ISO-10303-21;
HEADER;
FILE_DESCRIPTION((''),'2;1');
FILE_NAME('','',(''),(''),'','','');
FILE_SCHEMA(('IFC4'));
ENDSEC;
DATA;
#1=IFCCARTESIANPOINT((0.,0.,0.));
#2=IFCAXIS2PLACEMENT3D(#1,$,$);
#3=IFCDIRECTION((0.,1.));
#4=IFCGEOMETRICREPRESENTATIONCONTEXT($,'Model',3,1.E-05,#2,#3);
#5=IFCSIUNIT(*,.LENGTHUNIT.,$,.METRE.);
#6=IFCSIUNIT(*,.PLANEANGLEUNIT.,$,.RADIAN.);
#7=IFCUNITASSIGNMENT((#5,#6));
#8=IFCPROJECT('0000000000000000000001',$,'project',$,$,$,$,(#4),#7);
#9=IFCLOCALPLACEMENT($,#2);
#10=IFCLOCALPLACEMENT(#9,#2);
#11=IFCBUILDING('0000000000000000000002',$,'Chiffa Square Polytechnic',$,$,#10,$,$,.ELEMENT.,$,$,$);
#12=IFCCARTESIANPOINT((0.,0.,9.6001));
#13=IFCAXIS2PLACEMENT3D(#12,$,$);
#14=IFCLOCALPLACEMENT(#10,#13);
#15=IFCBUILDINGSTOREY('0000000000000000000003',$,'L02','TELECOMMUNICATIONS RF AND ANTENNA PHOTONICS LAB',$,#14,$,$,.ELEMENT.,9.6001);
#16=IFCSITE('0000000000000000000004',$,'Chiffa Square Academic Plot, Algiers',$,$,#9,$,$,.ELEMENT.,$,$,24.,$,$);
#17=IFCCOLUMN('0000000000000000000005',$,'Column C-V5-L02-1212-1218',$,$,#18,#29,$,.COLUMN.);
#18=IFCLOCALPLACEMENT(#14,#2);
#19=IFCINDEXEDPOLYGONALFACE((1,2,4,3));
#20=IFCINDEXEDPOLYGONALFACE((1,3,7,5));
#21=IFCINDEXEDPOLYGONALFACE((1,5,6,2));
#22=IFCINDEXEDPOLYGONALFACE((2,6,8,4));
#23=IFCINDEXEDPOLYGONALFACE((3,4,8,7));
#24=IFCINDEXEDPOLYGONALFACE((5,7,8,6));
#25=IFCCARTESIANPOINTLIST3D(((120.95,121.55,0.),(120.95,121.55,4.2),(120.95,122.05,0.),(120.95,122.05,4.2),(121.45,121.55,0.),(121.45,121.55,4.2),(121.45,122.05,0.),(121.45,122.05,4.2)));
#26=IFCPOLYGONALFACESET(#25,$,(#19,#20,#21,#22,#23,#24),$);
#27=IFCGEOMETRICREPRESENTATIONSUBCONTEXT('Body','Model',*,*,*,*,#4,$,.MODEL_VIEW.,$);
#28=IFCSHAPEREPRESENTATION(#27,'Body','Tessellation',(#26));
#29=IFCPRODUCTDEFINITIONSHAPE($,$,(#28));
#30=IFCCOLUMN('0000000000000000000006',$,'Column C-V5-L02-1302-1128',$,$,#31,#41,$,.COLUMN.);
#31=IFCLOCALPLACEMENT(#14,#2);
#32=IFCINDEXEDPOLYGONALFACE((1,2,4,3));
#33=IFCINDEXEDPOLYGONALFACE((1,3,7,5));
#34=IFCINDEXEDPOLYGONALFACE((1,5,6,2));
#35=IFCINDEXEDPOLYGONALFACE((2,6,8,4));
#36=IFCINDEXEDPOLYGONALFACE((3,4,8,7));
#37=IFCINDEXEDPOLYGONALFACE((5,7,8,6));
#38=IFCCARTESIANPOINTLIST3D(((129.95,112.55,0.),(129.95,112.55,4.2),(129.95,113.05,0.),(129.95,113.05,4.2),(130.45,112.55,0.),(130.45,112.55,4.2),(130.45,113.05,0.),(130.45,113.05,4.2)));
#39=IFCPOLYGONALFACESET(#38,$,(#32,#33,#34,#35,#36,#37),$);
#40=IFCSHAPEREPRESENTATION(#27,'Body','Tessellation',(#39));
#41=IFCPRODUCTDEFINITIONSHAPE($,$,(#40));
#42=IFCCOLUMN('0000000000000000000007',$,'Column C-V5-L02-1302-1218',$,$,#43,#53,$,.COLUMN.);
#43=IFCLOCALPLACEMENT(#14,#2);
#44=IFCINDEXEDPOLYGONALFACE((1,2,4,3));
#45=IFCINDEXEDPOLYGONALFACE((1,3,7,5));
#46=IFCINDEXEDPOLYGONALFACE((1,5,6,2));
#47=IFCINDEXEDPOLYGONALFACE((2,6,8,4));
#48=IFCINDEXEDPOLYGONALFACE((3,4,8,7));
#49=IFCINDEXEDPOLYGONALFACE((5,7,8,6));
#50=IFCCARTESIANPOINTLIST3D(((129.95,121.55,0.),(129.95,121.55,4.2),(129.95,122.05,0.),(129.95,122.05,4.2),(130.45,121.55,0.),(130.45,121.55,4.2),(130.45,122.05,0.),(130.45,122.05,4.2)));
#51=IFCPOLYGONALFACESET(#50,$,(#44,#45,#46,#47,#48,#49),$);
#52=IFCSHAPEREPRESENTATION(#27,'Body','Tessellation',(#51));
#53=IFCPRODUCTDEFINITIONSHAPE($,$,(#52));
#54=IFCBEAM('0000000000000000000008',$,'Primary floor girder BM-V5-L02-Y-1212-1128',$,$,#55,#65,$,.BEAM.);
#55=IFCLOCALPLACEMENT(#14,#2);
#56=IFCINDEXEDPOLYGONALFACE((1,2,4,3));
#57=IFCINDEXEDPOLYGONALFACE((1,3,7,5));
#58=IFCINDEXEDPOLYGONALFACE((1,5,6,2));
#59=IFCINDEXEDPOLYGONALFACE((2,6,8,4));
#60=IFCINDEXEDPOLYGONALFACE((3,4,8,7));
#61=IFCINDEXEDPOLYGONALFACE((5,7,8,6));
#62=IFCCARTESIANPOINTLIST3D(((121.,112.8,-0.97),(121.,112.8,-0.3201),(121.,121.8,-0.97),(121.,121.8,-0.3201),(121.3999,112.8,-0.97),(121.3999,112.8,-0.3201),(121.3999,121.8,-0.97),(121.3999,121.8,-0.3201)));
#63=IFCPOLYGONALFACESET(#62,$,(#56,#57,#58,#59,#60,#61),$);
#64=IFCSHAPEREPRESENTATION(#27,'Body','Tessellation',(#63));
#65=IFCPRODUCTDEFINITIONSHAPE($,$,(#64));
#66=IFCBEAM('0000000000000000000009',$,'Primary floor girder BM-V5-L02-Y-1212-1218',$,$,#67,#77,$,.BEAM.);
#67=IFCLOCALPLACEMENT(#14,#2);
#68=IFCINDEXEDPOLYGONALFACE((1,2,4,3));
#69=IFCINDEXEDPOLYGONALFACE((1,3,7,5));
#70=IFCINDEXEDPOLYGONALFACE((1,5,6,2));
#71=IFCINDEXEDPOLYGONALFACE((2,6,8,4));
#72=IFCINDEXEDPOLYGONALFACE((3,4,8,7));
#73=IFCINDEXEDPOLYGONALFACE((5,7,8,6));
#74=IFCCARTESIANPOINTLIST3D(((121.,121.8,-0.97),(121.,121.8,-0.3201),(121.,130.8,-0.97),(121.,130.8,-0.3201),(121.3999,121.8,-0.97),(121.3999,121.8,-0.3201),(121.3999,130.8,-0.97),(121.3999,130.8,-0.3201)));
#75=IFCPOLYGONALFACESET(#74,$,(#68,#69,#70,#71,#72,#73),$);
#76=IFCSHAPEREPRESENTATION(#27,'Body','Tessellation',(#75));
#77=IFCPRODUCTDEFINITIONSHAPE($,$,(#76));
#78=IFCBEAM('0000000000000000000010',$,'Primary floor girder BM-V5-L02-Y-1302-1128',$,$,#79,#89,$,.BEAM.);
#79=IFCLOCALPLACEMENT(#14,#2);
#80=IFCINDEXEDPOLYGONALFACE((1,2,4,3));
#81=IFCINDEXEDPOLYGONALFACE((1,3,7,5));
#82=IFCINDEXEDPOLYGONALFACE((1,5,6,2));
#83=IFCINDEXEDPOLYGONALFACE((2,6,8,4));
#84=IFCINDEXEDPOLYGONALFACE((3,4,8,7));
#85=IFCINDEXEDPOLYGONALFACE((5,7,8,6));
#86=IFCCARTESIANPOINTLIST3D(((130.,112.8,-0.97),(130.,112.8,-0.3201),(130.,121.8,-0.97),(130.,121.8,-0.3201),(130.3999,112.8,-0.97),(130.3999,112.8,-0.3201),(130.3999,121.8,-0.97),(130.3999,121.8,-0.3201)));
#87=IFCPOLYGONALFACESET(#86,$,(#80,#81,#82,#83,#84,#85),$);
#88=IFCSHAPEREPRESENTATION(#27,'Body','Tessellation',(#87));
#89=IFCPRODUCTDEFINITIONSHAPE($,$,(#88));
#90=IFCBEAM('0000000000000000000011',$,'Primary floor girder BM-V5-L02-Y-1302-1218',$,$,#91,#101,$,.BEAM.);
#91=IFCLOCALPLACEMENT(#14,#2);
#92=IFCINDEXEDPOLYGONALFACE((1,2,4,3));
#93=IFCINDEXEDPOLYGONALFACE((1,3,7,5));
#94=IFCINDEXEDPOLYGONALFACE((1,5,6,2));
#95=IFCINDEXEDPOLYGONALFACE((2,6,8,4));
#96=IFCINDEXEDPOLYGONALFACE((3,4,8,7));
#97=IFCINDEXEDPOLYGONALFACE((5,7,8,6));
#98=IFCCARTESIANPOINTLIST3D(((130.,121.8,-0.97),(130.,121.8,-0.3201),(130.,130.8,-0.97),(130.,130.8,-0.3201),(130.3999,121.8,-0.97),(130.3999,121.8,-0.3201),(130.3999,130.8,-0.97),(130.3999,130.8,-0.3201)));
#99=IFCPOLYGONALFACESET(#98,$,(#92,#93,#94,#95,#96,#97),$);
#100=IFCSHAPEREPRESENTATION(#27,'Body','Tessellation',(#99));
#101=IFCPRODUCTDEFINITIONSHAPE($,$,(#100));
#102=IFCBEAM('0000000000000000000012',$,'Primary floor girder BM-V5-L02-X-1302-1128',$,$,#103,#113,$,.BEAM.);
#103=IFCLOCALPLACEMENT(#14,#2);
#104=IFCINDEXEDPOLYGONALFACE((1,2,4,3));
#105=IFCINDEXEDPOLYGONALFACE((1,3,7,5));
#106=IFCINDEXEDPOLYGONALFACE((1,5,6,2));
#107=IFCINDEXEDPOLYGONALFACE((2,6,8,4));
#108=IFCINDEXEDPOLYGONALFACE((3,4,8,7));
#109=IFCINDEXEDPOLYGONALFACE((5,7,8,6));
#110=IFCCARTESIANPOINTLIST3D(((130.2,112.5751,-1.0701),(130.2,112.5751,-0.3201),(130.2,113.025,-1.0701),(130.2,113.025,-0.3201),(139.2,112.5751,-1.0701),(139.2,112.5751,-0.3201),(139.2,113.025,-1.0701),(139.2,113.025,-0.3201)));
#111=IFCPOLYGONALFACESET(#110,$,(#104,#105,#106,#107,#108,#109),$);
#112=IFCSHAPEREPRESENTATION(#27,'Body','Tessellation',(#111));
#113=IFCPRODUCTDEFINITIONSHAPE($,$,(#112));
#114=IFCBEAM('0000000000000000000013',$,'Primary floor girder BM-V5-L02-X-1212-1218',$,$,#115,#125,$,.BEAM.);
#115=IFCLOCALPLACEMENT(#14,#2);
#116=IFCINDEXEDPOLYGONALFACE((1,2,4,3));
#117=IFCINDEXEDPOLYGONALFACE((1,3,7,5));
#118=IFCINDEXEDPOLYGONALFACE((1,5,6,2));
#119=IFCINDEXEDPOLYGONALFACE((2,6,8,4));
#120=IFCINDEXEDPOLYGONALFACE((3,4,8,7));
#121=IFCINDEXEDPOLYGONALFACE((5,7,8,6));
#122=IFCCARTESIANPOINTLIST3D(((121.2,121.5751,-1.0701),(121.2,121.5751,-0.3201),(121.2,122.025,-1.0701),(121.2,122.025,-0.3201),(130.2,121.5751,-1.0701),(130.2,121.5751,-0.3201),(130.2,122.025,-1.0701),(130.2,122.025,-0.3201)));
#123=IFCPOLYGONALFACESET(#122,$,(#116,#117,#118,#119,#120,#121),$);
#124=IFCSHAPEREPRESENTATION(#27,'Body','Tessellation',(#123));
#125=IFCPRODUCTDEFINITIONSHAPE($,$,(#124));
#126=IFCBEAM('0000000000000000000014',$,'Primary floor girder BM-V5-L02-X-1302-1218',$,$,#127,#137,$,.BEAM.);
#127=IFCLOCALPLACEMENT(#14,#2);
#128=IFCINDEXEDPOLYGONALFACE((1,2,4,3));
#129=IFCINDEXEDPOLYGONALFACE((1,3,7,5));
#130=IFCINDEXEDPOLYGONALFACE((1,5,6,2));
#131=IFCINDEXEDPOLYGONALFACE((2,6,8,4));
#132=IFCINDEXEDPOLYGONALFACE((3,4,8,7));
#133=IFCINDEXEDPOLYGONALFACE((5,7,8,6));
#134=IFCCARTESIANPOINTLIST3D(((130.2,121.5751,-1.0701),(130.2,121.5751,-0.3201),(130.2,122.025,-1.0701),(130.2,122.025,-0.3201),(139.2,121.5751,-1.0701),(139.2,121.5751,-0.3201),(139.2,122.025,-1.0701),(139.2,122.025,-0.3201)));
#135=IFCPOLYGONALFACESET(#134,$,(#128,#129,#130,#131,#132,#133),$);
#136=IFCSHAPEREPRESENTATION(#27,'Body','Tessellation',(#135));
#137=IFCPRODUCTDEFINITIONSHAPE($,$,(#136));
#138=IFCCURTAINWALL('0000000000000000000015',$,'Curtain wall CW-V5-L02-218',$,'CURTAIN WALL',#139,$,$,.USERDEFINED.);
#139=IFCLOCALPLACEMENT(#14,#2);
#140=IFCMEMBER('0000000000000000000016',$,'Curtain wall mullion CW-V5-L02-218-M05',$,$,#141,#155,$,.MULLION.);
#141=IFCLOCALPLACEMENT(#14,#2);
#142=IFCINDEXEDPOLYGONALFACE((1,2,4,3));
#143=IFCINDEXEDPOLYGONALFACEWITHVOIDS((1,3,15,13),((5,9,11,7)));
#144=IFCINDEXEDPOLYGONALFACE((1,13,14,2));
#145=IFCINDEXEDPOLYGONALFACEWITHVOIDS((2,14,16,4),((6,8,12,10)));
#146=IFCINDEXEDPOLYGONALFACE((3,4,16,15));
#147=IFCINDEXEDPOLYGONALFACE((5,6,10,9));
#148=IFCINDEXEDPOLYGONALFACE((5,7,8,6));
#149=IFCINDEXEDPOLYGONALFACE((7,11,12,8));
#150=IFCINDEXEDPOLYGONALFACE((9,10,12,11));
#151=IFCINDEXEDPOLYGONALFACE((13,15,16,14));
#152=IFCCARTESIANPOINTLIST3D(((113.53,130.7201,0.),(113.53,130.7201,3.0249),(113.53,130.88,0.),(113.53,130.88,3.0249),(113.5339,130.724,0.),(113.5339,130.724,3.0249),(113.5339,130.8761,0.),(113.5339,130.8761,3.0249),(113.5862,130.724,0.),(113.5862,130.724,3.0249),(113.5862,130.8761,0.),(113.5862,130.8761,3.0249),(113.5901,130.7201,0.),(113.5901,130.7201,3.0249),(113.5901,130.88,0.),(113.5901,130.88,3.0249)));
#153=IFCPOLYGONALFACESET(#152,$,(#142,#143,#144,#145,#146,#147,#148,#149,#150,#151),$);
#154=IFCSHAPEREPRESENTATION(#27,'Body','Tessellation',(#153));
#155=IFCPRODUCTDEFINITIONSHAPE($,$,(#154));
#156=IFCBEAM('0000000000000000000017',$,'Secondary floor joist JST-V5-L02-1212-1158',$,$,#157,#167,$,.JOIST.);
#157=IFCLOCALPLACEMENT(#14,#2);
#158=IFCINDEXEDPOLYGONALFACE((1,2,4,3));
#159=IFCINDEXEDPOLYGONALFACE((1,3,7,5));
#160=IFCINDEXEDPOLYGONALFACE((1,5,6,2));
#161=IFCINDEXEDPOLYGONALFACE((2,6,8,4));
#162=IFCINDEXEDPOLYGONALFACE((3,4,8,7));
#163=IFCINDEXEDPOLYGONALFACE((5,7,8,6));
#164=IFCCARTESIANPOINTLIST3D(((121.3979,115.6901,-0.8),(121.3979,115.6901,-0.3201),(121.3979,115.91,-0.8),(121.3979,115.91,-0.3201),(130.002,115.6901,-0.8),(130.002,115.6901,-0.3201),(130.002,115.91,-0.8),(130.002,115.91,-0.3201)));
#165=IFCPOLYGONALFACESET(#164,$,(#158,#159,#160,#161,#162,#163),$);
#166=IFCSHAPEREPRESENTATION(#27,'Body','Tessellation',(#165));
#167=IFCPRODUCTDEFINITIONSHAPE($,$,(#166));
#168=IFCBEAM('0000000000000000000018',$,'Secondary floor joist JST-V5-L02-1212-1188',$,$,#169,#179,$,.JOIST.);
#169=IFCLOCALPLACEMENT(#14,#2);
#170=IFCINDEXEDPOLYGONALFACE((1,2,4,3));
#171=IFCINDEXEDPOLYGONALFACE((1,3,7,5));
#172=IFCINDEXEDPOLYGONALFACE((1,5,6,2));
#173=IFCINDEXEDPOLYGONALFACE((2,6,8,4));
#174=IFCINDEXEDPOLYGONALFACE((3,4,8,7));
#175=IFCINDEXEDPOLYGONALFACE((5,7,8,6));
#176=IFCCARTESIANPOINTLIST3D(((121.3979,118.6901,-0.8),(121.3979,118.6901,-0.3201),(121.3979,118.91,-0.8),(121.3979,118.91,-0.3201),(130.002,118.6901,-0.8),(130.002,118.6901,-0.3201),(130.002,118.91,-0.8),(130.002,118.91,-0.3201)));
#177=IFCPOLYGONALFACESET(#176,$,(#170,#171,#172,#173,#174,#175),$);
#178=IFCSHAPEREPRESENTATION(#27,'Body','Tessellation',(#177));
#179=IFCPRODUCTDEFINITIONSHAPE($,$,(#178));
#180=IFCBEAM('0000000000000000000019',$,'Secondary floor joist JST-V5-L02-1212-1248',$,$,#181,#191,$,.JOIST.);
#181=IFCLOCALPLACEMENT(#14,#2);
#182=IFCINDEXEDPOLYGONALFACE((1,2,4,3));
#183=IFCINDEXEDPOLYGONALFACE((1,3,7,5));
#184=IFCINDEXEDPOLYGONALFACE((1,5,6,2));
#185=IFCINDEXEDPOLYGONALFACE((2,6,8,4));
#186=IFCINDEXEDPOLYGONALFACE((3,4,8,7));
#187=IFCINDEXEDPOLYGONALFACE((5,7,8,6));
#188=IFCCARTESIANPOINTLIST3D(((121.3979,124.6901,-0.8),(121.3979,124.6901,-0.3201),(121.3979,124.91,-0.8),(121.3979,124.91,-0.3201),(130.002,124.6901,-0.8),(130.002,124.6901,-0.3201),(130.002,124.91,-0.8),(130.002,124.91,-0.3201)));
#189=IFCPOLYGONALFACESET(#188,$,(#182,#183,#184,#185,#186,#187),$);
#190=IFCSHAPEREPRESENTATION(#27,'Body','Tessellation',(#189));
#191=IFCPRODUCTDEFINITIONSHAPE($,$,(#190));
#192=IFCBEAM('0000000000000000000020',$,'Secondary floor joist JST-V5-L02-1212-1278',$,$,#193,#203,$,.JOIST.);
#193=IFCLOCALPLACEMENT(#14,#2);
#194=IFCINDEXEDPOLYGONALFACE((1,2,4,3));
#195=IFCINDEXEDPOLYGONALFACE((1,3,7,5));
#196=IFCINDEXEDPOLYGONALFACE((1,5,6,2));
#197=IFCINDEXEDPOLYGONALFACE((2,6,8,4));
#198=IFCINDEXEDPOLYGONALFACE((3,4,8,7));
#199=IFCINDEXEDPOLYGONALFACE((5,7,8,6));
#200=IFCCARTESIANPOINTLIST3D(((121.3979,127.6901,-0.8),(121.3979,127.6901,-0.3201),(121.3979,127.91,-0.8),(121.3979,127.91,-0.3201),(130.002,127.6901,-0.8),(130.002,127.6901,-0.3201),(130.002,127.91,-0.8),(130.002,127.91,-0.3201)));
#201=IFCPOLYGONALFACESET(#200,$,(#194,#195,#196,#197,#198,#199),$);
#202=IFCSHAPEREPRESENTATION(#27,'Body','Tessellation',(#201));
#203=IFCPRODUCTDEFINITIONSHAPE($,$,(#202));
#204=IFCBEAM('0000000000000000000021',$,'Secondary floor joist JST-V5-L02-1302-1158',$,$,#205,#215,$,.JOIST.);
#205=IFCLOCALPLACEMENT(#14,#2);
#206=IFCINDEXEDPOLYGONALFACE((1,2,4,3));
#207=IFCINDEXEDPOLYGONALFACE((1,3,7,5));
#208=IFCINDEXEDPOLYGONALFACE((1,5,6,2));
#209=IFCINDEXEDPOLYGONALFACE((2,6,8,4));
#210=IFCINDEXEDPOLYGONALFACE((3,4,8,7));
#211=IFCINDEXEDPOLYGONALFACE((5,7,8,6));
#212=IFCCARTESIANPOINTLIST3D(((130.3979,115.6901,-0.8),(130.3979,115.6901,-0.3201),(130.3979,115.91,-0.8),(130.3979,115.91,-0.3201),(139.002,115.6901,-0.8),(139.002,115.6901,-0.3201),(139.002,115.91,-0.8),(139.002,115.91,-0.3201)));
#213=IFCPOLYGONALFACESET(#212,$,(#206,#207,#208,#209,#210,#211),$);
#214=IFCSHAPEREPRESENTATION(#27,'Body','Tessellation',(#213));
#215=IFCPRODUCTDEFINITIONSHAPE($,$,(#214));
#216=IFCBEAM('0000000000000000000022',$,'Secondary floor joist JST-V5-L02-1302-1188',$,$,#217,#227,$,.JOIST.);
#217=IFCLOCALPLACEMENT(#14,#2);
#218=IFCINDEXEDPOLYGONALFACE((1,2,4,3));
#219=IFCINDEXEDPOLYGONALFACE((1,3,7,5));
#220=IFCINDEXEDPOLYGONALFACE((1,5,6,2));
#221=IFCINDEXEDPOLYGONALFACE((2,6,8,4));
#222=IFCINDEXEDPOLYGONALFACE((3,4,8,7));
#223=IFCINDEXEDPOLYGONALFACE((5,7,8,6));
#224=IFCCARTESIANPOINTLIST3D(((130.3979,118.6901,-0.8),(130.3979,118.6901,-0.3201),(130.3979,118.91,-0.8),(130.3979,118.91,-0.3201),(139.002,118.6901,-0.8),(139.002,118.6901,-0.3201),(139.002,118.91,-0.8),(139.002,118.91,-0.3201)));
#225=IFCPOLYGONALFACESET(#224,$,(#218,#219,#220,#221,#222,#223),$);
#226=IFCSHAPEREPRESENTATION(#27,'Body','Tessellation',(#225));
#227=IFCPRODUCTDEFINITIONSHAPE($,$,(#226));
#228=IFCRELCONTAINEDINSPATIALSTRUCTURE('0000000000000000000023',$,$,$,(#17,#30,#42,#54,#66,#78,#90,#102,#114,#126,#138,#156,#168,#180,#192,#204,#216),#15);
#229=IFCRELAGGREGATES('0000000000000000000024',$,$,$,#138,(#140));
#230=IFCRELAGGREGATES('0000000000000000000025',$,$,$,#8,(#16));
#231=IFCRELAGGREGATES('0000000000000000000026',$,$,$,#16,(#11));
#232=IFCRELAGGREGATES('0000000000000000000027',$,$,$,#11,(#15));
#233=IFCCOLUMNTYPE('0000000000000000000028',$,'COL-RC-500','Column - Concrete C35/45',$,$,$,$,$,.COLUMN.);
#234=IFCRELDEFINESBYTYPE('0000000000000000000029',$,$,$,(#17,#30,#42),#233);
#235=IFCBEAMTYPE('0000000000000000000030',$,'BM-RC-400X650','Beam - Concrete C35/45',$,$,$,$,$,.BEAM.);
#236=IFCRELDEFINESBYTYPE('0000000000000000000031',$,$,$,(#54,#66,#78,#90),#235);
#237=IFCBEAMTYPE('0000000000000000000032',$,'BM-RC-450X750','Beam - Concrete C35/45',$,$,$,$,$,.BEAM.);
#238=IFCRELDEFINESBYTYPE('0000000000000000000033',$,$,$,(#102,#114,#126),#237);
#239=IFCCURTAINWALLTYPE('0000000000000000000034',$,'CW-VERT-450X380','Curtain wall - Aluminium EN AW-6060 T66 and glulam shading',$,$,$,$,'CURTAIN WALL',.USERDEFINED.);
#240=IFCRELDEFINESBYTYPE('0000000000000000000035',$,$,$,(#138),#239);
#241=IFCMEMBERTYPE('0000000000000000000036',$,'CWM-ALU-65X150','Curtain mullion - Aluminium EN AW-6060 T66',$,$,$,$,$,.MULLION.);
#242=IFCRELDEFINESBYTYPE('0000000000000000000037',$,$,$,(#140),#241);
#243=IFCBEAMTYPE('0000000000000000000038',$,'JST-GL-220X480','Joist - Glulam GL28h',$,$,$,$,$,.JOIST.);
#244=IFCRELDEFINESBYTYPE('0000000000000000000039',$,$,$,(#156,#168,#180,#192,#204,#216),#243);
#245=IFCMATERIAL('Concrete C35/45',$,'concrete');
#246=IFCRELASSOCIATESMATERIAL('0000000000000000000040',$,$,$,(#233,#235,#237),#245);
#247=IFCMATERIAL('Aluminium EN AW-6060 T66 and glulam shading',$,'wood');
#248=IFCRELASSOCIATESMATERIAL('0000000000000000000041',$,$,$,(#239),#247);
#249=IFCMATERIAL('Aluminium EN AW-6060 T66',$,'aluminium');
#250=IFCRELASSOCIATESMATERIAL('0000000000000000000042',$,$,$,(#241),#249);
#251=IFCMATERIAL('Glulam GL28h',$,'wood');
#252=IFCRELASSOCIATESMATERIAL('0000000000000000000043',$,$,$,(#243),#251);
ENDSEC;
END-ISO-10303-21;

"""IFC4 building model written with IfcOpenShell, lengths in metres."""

from ifc_helpers import new_model, si_unit, direction, frame, origin, origin_2d, place, context, subcontext, project, spatial, rectangle, hollow_rectangle, extrude, material, material_profile, profile_set, type_object, element, aggregate, save


model = new_model("IFC4")

# Units and contexts
model_context = context("Model", 3, precision=1e-05, world=origin(), true_north=direction((0.0, 1.0)))
body_context = subcontext(model_context, "Body", "Model", "MODEL_VIEW")
ifc_project = project(units=[si_unit("LENGTHUNIT", "METRE"), si_unit("PLANEANGLEUNIT", "RADIAN")], contexts=[model_context])

# Site, building, storey
site_placement = place(None, origin())
site = spatial("IfcSite", under=ifc_project, at=site_placement, Name="Chiffa Square Academic Plot, Algiers", CompositionType="ELEMENT", RefElevation=24.0)
building_placement = place(site_placement, origin())
building = spatial("IfcBuilding", under=site, at=building_placement, Name="Chiffa Square Polytechnic", CompositionType="ELEMENT")
storey_placement = place(building_placement, frame((0.0, 0.0, 9.6001)))
storey = spatial("IfcBuildingStorey", under=building, at=storey_placement, Name="L02", Description="TELECOMMUNICATIONS RF AND ANTENNA PHOTONICS LAB", CompositionType="ELEMENT", Elevation=9.6001)

# Columns
ifc_material_1 = material(Name="Concrete C35/45", Category="concrete")
ifc_material_profile_1 = material_profile(ifc_material_1, rectangle(XDim=0.5, YDim=0.5, at=origin_2d()), Name="RC 500x500")
ifc_profile_set_1 = profile_set([ifc_material_profile_1], Name="Concrete C35/45")
column_type = type_object("IfcColumnType", Name="COL-RC-500", Description="Column - Concrete C35/45", PredefinedType="COLUMN", material=ifc_profile_set_1)
for number, where, z_axis, x_axis, name in (
    (1, (121.2, 121.8, 0.0), (0.0, 0.0, 1.0), (1.0, 0.0, 0.0), "Column C-V5-L02-1212-1218"),
    (2, (130.2, 112.8, 0.0), (0.0, 0.0, 1.0), (1.0, 0.0, 0.0), "Column C-V5-L02-1302-1128"),
    (3, (130.2, 121.8, 0.0), (0.0, 0.0, 1.0), (1.0, 0.0, 0.0), "Column C-V5-L02-1302-1218"),
):
    element("IfcColumn", number, at=place(storey_placement, frame(where, z_axis=z_axis, x_axis=x_axis)), inside=storey, type_object=column_type, Name=name, PredefinedType="COLUMN", context=body_context, shape_type="SweptSolid", body=[
        extrude(rectangle(XDim=0.5, YDim=0.5, at=origin_2d()), origin(), (0.0, 0.0, 1.0), 4.2),
    ])

# Beams
ifc_material_profile_2 = material_profile(ifc_material_1, rectangle(XDim=0.3999, YDim=0.6499, at=origin_2d()), Name="RC 400x650")
ifc_profile_set_2 = profile_set([ifc_material_profile_2], Name="Concrete C35/45")
beam_type_1 = type_object("IfcBeamType", Name="BM-RC-400X650", Description="Beam - Concrete C35/45", PredefinedType="BEAM", material=ifc_profile_set_2)
for number, where, z_axis, x_axis, name in (
    (4, (121.2, 112.8, -0.645), (0.0, 1.0, 0.0), (-1.0, 0.0, 0.0), "Primary floor girder BM-V5-L02-Y-1212-1128"),
    (5, (121.2, 121.8, -0.645), (0.0, 1.0, 0.0), (-1.0, 0.0, 0.0), "Primary floor girder BM-V5-L02-Y-1212-1218"),
    (6, (130.2, 112.8, -0.645), (0.0, 1.0, 0.0), (-1.0, 0.0, 0.0), "Primary floor girder BM-V5-L02-Y-1302-1128"),
    (7, (130.2, 121.8, -0.645), (0.0, 1.0, 0.0), (-1.0, 0.0, 0.0), "Primary floor girder BM-V5-L02-Y-1302-1218"),
):
    element("IfcBeam", number, at=place(storey_placement, frame(where, z_axis=z_axis, x_axis=x_axis)), inside=storey, type_object=beam_type_1, Name=name, PredefinedType="BEAM", context=body_context, shape_type="SweptSolid", body=[
        extrude(rectangle(XDim=0.3999, YDim=0.6499, at=origin_2d()), origin(), (0.0, 0.0, 1.0), 9.0),
    ])
ifc_material_profile_3 = material_profile(ifc_material_1, rectangle(XDim=0.45, YDim=0.75, at=origin_2d()), Name="RC 450x750")
ifc_profile_set_3 = profile_set([ifc_material_profile_3], Name="Concrete C35/45")
beam_type_2 = type_object("IfcBeamType", Name="BM-RC-450X750", Description="Beam - Concrete C35/45", PredefinedType="BEAM", material=ifc_profile_set_3)
for number, where, z_axis, x_axis, name in (
    (8, (130.2, 112.8, -0.6951), (1.0, 0.0, 0.0), (0.0, 1.0, 0.0), "Primary floor girder BM-V5-L02-X-1302-1128"),
    (9, (121.2, 121.8, -0.6951), (1.0, 0.0, 0.0), (0.0, 1.0, 0.0), "Primary floor girder BM-V5-L02-X-1212-1218"),
    (10, (130.2, 121.8, -0.6951), (1.0, 0.0, 0.0), (0.0, 1.0, 0.0), "Primary floor girder BM-V5-L02-X-1302-1218"),
):
    element("IfcBeam", number, at=place(storey_placement, frame(where, z_axis=z_axis, x_axis=x_axis)), inside=storey, type_object=beam_type_2, Name=name, PredefinedType="BEAM", context=body_context, shape_type="SweptSolid", body=[
        extrude(rectangle(XDim=0.45, YDim=0.75, at=origin_2d()), origin(), (0.0, 0.0, 1.0), 9.0),
    ])

# Curtain wall, member
ifc_material_2 = material(Name="Aluminium EN AW-6060 T66 and glulam shading", Category="wood")
curtain_wall_type = type_object("IfcCurtainWallType", Name="CW-VERT-450X380", Description="Curtain wall - Aluminium EN AW-6060 T66 and glulam shading", ElementType="CURTAIN WALL", PredefinedType="USERDEFINED", material=ifc_material_2)
curtain_wall_placement = place(storey_placement, origin())
curtain_wall = element("IfcCurtainWall", 11, at=curtain_wall_placement, inside=storey, type_object=curtain_wall_type, Name="Curtain wall CW-V5-L02-218", ObjectType="CURTAIN WALL", PredefinedType="USERDEFINED")
ifc_material_3 = material(Name="Aluminium EN AW-6060 T66", Category="aluminium")
ifc_material_profile_4 = material_profile(ifc_material_3, hollow_rectangle(XDim=0.0601, YDim=0.1599, WallThickness=0.0039, at=origin_2d()), Name="ALU 60x160x4")
ifc_profile_set_4 = profile_set([ifc_material_profile_4], Name="Aluminium EN AW-6060 T66")
member_type = type_object("IfcMemberType", Name="CWM-ALU-65X150", Description="Curtain mullion - Aluminium EN AW-6060 T66", PredefinedType="MULLION", material=ifc_profile_set_4)
member_placement = place(storey_placement, frame((113.5601, 130.8, 0.0), z_axis=(0.0, 0.0, 1.0), x_axis=(1.0, 0.0, 0.0)))
member = element("IfcMember", 12, at=member_placement, type_object=member_type, Name="Curtain wall mullion CW-V5-L02-218-M05", PredefinedType="MULLION", context=body_context, shape_type="SweptSolid", body=[
    extrude(hollow_rectangle(XDim=0.0601, YDim=0.1599, WallThickness=0.0039, at=origin_2d()), origin(), (0.0, 0.0, 1.0), 3.0249),
])

# Beams
ifc_material_4 = material(Name="Glulam GL28h", Category="wood")
ifc_material_profile_5 = material_profile(ifc_material_4, rectangle(XDim=0.22, YDim=0.48, at=origin_2d()), Name="GL28h 220x480")
ifc_profile_set_5 = profile_set([ifc_material_profile_5], Name="Glulam GL28h")
beam_type_3 = type_object("IfcBeamType", Name="JST-GL-220X480", Description="Joist - Glulam GL28h", PredefinedType="JOIST", material=ifc_profile_set_5)
for number, where, z_axis, x_axis, name in (
    (13, (121.3979, 115.8, -0.5601), (1.0, 0.0, 0.0), (0.0, 1.0, 0.0), "Secondary floor joist JST-V5-L02-1212-1158"),
    (14, (121.3979, 118.8, -0.5601), (1.0, 0.0, 0.0), (0.0, 1.0, 0.0), "Secondary floor joist JST-V5-L02-1212-1188"),
    (15, (121.3979, 124.8, -0.5601), (1.0, 0.0, 0.0), (0.0, 1.0, 0.0), "Secondary floor joist JST-V5-L02-1212-1248"),
    (16, (121.3979, 127.8, -0.5601), (1.0, 0.0, 0.0), (0.0, 1.0, 0.0), "Secondary floor joist JST-V5-L02-1212-1278"),
    (17, (130.3979, 115.8, -0.5601), (1.0, 0.0, 0.0), (0.0, 1.0, 0.0), "Secondary floor joist JST-V5-L02-1302-1158"),
    (18, (130.3979, 118.8, -0.5601), (1.0, 0.0, 0.0), (0.0, 1.0, 0.0), "Secondary floor joist JST-V5-L02-1302-1188"),
):
    element("IfcBeam", number, at=place(storey_placement, frame(where, z_axis=z_axis, x_axis=x_axis)), inside=storey, type_object=beam_type_3, Name=name, PredefinedType="JOIST", context=body_context, shape_type="SweptSolid", body=[
        extrude(rectangle(XDim=0.22, YDim=0.48, at=origin_2d()), origin(), (0.0, 0.0, 1.0), 8.604),
    ])

aggregate(curtain_wall, [member])

save(model, "model.ifc")
